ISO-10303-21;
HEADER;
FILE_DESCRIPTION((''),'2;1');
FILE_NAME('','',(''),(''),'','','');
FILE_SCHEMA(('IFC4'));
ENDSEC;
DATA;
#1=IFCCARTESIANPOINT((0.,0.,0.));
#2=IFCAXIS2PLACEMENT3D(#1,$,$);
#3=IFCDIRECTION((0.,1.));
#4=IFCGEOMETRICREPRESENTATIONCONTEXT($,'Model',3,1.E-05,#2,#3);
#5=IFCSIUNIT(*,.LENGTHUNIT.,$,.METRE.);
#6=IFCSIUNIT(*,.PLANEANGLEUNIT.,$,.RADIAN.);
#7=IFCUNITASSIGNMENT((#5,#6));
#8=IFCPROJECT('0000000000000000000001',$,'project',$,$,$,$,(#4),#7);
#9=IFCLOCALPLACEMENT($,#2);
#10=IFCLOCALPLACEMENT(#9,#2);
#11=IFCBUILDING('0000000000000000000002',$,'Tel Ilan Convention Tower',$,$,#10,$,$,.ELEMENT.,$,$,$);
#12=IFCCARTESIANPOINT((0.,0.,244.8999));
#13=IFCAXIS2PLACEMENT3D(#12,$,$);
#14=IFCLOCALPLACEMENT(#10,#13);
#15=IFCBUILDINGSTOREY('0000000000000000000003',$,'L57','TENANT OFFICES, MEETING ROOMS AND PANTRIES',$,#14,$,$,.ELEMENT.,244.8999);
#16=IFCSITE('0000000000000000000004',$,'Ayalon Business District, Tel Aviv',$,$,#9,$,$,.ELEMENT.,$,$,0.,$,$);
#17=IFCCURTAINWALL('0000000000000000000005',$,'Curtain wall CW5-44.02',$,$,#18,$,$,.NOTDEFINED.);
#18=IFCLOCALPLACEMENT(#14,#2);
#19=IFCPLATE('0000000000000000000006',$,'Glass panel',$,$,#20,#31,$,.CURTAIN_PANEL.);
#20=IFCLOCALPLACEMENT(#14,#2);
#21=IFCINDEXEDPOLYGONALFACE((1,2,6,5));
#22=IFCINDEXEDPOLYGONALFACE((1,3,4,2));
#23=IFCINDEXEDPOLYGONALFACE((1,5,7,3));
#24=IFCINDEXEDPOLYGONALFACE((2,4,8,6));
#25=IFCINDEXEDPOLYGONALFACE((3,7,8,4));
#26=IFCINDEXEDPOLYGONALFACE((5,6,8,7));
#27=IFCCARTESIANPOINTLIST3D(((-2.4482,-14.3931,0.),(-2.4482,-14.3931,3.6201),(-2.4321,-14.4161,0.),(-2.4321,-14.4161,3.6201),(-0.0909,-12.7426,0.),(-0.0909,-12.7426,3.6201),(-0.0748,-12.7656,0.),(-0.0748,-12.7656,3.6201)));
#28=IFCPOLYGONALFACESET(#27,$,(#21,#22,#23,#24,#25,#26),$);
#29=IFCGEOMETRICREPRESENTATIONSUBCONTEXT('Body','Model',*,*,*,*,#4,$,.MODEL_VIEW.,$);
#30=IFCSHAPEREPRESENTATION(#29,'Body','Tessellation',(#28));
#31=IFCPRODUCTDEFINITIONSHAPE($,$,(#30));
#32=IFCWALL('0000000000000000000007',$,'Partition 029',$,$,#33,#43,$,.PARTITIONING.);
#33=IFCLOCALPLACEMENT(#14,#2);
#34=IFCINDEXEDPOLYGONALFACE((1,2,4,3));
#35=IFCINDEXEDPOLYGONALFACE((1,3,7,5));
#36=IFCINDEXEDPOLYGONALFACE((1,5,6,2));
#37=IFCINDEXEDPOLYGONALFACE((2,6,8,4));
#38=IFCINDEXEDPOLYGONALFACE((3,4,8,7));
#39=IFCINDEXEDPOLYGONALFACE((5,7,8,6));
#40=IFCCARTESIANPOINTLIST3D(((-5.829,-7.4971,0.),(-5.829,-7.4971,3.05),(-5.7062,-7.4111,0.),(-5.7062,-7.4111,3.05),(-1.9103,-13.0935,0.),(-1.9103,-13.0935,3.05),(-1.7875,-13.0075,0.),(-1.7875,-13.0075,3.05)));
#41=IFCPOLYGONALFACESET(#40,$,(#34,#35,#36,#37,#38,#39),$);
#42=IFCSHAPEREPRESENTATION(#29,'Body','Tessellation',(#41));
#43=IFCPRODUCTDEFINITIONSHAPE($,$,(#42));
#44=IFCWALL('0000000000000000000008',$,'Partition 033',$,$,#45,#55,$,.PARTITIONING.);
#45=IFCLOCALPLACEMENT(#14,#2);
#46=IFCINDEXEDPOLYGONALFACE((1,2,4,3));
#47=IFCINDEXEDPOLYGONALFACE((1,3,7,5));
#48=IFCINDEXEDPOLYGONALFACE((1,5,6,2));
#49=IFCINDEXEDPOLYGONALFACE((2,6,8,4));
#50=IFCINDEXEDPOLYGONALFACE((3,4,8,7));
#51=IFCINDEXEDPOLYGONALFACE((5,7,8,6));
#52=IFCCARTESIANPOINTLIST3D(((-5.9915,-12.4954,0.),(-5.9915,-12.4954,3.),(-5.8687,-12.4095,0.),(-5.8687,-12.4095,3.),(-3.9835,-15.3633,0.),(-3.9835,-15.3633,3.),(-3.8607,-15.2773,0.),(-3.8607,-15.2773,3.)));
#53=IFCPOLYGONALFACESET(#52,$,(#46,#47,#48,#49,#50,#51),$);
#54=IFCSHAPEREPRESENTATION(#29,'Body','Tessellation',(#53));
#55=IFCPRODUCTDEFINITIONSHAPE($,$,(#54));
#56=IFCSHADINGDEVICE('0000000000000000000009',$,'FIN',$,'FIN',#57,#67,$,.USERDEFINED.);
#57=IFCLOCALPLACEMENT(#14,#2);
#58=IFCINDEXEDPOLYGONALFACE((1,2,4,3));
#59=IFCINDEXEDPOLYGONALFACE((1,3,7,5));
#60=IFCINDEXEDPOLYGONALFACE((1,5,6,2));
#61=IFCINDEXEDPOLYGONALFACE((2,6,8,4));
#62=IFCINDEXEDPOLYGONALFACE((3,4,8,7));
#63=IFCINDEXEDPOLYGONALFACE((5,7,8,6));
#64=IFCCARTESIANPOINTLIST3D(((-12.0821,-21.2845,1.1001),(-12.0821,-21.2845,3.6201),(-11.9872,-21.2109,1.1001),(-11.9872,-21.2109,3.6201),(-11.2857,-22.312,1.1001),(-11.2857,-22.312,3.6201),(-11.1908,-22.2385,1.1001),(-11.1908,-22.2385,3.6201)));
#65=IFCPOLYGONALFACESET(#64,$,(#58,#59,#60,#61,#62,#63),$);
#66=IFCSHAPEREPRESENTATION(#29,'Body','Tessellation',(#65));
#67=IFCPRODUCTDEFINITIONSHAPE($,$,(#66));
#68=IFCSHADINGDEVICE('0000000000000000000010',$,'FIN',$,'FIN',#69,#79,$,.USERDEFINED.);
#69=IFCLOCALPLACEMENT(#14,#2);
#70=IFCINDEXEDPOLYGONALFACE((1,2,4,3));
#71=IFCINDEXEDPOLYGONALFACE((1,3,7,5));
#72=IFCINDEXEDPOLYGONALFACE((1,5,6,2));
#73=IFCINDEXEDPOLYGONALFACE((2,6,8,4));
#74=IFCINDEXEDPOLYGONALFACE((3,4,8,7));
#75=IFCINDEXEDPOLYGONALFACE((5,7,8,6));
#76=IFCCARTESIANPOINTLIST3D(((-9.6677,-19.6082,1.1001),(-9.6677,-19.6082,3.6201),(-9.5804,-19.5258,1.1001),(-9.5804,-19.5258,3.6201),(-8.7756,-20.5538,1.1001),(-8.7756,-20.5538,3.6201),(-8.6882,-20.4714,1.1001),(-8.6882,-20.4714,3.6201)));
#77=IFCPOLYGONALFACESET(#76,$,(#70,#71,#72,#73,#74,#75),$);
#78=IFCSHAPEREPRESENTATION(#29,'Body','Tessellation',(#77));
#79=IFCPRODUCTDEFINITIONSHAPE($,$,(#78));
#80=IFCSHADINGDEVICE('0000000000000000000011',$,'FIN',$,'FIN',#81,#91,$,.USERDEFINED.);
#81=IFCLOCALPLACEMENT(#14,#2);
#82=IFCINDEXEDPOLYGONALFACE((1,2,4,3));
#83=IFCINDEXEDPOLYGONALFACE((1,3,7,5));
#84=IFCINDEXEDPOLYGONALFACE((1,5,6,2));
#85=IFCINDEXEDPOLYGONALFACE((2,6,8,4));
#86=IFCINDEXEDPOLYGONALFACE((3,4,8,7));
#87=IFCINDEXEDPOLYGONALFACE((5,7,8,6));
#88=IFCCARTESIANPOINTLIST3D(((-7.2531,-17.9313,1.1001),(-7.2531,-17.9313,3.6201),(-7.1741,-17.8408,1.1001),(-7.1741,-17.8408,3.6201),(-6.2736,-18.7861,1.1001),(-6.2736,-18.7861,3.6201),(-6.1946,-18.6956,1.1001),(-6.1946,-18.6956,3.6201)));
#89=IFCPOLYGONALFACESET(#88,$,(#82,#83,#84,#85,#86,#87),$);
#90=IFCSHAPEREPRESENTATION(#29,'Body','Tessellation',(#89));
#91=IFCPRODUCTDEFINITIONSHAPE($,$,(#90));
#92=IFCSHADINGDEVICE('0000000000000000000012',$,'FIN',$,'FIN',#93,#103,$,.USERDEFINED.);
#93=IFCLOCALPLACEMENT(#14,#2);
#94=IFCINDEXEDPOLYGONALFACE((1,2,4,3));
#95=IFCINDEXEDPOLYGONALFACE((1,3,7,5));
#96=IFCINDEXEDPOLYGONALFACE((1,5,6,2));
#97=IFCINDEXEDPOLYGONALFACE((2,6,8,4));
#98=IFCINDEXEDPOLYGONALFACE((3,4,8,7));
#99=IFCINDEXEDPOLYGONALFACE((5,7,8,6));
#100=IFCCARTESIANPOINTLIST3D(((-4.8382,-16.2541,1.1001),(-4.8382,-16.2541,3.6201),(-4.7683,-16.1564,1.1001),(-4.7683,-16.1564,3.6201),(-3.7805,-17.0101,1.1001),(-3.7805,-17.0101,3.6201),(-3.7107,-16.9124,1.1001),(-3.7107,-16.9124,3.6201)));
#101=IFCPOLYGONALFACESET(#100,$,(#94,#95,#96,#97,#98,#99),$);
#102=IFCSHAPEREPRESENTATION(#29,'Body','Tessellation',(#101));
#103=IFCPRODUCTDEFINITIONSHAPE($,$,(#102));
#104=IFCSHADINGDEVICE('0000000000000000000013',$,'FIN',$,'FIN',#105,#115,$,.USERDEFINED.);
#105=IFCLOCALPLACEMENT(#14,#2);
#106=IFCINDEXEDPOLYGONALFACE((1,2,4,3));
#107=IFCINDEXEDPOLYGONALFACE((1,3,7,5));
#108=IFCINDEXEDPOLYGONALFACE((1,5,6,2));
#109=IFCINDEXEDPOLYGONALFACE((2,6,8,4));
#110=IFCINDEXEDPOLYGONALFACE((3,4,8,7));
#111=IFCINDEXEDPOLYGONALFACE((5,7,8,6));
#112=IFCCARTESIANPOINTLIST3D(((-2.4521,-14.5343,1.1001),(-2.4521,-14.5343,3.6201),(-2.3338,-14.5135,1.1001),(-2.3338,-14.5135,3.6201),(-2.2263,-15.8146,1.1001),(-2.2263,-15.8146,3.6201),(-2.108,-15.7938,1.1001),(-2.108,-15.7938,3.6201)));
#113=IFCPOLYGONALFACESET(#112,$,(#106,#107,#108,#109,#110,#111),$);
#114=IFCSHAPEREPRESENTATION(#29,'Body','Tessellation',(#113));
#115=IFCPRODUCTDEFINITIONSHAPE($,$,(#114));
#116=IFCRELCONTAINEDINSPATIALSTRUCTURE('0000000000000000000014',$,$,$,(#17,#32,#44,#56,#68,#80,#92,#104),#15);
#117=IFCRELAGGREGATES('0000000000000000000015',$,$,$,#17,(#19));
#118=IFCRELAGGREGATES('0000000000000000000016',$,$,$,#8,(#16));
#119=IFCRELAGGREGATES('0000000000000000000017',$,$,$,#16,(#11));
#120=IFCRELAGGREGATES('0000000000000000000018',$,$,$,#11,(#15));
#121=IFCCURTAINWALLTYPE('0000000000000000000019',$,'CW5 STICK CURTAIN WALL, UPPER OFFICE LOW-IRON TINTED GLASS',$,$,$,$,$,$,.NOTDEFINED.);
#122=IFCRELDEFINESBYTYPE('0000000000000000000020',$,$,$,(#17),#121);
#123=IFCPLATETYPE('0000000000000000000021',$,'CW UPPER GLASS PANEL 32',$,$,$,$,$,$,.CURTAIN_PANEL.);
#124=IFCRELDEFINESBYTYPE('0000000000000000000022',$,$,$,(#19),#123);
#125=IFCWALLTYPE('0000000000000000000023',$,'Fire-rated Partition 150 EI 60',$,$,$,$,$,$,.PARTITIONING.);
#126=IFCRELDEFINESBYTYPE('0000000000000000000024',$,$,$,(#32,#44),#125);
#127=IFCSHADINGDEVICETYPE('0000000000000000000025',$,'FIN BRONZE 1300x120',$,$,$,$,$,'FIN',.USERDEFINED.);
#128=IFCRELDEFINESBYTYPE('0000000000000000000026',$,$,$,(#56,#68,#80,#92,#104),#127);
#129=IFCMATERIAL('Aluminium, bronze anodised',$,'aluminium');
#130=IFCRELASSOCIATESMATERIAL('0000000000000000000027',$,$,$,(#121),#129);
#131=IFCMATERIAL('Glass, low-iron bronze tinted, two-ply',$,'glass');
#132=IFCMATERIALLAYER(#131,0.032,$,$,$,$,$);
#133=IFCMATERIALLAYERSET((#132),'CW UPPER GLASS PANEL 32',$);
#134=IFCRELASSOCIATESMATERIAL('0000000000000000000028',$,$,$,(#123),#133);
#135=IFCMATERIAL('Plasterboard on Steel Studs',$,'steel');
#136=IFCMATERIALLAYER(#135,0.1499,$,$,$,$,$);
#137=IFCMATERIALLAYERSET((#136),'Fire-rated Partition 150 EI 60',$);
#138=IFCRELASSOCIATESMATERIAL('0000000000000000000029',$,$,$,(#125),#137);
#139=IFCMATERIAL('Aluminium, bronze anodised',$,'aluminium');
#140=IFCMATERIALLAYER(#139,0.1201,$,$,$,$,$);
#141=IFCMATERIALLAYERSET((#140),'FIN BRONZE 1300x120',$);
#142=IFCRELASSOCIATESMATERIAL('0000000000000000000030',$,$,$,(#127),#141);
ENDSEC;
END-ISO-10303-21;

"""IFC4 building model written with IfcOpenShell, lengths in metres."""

from ifc_helpers import new_model, si_unit, direction, frame, frame_2d, origin, origin_2d, place, context, subcontext, project, spatial, rectangle, extrude, material, layer, layer_set, type_object, element, aggregate, save


model = new_model("IFC4")

# Units and contexts
model_context = context("Model", 3, precision=1e-05, world=origin(), true_north=direction((0.0, 1.0)))
body_context = subcontext(model_context, "Body", "Model", "MODEL_VIEW")
ifc_project = project(units=[si_unit("LENGTHUNIT", "METRE"), si_unit("PLANEANGLEUNIT", "RADIAN")], contexts=[model_context])

# Site, building, storey
site_placement = place(None, origin())
site = spatial("IfcSite", under=ifc_project, at=site_placement, Name="Ayalon Business District, Tel Aviv", CompositionType="ELEMENT", RefElevation=0.0)
building_placement = place(site_placement, origin())
building = spatial("IfcBuilding", under=site, at=building_placement, Name="Tel Ilan Convention Tower", CompositionType="ELEMENT")
storey_placement = place(building_placement, frame((0.0, 0.0, 244.8999)))
storey = spatial("IfcBuildingStorey", under=building, at=storey_placement, Name="L57", Description="TENANT OFFICES, MEETING ROOMS AND PANTRIES", CompositionType="ELEMENT", Elevation=244.8999)

# Curtain wall, plate
ifc_material_1 = material(Name="Aluminium, bronze anodised", Category="aluminium")
curtain_wall_type = type_object("IfcCurtainWallType", Name="CW5 STICK CURTAIN WALL, UPPER OFFICE LOW-IRON TINTED GLASS", PredefinedType="NOTDEFINED", material=ifc_material_1)
curtain_wall_placement = place(storey_placement, origin())
curtain_wall = element("IfcCurtainWall", 1, at=curtain_wall_placement, inside=storey, type_object=curtain_wall_type, Name="Curtain wall CW5-44.02", PredefinedType="NOTDEFINED")
ifc_material_2 = material(Name="Glass, low-iron bronze tinted, two-ply", Category="glass")
ifc_layer_1 = layer(ifc_material_2, 0.032)
ifc_layer_set_1 = layer_set([ifc_layer_1], Name="CW UPPER GLASS PANEL 32")
plate_type = type_object("IfcPlateType", Name="CW UPPER GLASS PANEL 32", PredefinedType="CURTAIN_PANEL", material=ifc_layer_set_1)
plate_1_placement = place(storey_placement, frame((-1.2615, -13.5793, 0.0), z_axis=(0.0, 0.0, 1.0), x_axis=(0.819152, 0.573576, 0.0)))
plate_1 = element("IfcPlate", 2, at=plate_1_placement, type_object=plate_type, Name="Glass panel", PredefinedType="CURTAIN_PANEL", context=body_context, shape_type="SweptSolid", body=[
    extrude(rectangle(XDim=2.8777, YDim=0.0281, at=origin_2d()), origin(), (0.0, 0.0, 1.0), 3.6201),
])
aggregate(curtain_wall, [plate_1])

# Walls
ifc_material_3 = material(Name="Plasterboard on Steel Studs", Category="steel")
ifc_layer_2 = layer(ifc_material_3, 0.1499)
ifc_layer_set_2 = layer_set([ifc_layer_2], Name="Fire-rated Partition 150 EI 60")
wall_type = type_object("IfcWallType", Name="Fire-rated Partition 150 EI 60", PredefinedType="PARTITIONING", material=ifc_layer_set_2)
wall_1_placement = place(storey_placement, frame((-1.8489, -13.0505, 0.0), z_axis=(0.0, 0.0, 1.0), x_axis=(-0.57358, 0.81915, 0.0)))
element("IfcWall", 3, at=wall_1_placement, inside=storey, type_object=wall_type, Name="Partition 029", PredefinedType="PARTITIONING", context=body_context, shape_type="SweptSolid", body=[
    extrude(rectangle(XDim=6.832, YDim=0.1499, at=frame_2d((3.416, 0.0))), origin(), (0.0, 0.0, 1.0), 3.05),
])
wall_2_placement = place(storey_placement, frame((-3.9221, -15.3203, 0.0), z_axis=(0.0, 0.0, 1.0), x_axis=(-0.573561, 0.819163, 0.0)))
element("IfcWall", 4, at=wall_2_placement, inside=storey, type_object=wall_type, Name="Partition 033", PredefinedType="PARTITIONING", context=body_context, shape_type="SweptSolid", body=[
    extrude(rectangle(XDim=3.501, YDim=0.1499, at=frame_2d((1.7505, 0.0))), origin(), (0.0, 0.0, 1.0), 3.0),
])

# Shading devices
ifc_material_4 = material(Name="Aluminium, bronze anodised", Category="aluminium")
ifc_layer_3 = layer(ifc_material_4, 0.1201)
ifc_layer_set_3 = layer_set([ifc_layer_3], Name="FIN BRONZE 1300x120")
shading_device_type = type_object("IfcShadingDeviceType", Name="FIN BRONZE 1300x120", ElementType="FIN", PredefinedType="USERDEFINED", material=ifc_layer_set_3)
for number, where, z_axis, x_axis, name in (
    (5, (-11.6365, -21.7615, 1.1001), (0.0, 0.0, 1.0), (0.612601, -0.790393, 0.0), "FIN"),
    (6, (-9.178, -20.0398, 1.1001), (0.0, 0.0, 1.0), (0.686242, -0.727374, 0.0), "FIN"),
    (7, (-6.7239, -18.3135, 1.1001), (0.0, 0.0, 1.0), (0.753436, -0.657521, 0.0), "FIN"),
    (8, (-4.2744, -16.5833, 1.1001), (0.0, 0.0, 1.0), (0.813552, -0.581492, 0.0), "FIN"),
    (9, (-2.28, -15.1641, 1.1001), (0.0, 0.0, 1.0), (0.173648, -0.984808, 0.0), "FIN"),
):
    element("IfcShadingDevice", number, at=place(storey_placement, frame(where, z_axis=z_axis, x_axis=x_axis)), inside=storey, type_object=shading_device_type, Name=name, ObjectType="FIN", PredefinedType="USERDEFINED", context=body_context, shape_type="SweptSolid", body=[
        extrude(rectangle(XDim=1.3, YDim=0.1201, at=origin_2d()), origin(), (0.0, 0.0, 1.0), 2.52),
    ])

save(model, "model.ifc")
